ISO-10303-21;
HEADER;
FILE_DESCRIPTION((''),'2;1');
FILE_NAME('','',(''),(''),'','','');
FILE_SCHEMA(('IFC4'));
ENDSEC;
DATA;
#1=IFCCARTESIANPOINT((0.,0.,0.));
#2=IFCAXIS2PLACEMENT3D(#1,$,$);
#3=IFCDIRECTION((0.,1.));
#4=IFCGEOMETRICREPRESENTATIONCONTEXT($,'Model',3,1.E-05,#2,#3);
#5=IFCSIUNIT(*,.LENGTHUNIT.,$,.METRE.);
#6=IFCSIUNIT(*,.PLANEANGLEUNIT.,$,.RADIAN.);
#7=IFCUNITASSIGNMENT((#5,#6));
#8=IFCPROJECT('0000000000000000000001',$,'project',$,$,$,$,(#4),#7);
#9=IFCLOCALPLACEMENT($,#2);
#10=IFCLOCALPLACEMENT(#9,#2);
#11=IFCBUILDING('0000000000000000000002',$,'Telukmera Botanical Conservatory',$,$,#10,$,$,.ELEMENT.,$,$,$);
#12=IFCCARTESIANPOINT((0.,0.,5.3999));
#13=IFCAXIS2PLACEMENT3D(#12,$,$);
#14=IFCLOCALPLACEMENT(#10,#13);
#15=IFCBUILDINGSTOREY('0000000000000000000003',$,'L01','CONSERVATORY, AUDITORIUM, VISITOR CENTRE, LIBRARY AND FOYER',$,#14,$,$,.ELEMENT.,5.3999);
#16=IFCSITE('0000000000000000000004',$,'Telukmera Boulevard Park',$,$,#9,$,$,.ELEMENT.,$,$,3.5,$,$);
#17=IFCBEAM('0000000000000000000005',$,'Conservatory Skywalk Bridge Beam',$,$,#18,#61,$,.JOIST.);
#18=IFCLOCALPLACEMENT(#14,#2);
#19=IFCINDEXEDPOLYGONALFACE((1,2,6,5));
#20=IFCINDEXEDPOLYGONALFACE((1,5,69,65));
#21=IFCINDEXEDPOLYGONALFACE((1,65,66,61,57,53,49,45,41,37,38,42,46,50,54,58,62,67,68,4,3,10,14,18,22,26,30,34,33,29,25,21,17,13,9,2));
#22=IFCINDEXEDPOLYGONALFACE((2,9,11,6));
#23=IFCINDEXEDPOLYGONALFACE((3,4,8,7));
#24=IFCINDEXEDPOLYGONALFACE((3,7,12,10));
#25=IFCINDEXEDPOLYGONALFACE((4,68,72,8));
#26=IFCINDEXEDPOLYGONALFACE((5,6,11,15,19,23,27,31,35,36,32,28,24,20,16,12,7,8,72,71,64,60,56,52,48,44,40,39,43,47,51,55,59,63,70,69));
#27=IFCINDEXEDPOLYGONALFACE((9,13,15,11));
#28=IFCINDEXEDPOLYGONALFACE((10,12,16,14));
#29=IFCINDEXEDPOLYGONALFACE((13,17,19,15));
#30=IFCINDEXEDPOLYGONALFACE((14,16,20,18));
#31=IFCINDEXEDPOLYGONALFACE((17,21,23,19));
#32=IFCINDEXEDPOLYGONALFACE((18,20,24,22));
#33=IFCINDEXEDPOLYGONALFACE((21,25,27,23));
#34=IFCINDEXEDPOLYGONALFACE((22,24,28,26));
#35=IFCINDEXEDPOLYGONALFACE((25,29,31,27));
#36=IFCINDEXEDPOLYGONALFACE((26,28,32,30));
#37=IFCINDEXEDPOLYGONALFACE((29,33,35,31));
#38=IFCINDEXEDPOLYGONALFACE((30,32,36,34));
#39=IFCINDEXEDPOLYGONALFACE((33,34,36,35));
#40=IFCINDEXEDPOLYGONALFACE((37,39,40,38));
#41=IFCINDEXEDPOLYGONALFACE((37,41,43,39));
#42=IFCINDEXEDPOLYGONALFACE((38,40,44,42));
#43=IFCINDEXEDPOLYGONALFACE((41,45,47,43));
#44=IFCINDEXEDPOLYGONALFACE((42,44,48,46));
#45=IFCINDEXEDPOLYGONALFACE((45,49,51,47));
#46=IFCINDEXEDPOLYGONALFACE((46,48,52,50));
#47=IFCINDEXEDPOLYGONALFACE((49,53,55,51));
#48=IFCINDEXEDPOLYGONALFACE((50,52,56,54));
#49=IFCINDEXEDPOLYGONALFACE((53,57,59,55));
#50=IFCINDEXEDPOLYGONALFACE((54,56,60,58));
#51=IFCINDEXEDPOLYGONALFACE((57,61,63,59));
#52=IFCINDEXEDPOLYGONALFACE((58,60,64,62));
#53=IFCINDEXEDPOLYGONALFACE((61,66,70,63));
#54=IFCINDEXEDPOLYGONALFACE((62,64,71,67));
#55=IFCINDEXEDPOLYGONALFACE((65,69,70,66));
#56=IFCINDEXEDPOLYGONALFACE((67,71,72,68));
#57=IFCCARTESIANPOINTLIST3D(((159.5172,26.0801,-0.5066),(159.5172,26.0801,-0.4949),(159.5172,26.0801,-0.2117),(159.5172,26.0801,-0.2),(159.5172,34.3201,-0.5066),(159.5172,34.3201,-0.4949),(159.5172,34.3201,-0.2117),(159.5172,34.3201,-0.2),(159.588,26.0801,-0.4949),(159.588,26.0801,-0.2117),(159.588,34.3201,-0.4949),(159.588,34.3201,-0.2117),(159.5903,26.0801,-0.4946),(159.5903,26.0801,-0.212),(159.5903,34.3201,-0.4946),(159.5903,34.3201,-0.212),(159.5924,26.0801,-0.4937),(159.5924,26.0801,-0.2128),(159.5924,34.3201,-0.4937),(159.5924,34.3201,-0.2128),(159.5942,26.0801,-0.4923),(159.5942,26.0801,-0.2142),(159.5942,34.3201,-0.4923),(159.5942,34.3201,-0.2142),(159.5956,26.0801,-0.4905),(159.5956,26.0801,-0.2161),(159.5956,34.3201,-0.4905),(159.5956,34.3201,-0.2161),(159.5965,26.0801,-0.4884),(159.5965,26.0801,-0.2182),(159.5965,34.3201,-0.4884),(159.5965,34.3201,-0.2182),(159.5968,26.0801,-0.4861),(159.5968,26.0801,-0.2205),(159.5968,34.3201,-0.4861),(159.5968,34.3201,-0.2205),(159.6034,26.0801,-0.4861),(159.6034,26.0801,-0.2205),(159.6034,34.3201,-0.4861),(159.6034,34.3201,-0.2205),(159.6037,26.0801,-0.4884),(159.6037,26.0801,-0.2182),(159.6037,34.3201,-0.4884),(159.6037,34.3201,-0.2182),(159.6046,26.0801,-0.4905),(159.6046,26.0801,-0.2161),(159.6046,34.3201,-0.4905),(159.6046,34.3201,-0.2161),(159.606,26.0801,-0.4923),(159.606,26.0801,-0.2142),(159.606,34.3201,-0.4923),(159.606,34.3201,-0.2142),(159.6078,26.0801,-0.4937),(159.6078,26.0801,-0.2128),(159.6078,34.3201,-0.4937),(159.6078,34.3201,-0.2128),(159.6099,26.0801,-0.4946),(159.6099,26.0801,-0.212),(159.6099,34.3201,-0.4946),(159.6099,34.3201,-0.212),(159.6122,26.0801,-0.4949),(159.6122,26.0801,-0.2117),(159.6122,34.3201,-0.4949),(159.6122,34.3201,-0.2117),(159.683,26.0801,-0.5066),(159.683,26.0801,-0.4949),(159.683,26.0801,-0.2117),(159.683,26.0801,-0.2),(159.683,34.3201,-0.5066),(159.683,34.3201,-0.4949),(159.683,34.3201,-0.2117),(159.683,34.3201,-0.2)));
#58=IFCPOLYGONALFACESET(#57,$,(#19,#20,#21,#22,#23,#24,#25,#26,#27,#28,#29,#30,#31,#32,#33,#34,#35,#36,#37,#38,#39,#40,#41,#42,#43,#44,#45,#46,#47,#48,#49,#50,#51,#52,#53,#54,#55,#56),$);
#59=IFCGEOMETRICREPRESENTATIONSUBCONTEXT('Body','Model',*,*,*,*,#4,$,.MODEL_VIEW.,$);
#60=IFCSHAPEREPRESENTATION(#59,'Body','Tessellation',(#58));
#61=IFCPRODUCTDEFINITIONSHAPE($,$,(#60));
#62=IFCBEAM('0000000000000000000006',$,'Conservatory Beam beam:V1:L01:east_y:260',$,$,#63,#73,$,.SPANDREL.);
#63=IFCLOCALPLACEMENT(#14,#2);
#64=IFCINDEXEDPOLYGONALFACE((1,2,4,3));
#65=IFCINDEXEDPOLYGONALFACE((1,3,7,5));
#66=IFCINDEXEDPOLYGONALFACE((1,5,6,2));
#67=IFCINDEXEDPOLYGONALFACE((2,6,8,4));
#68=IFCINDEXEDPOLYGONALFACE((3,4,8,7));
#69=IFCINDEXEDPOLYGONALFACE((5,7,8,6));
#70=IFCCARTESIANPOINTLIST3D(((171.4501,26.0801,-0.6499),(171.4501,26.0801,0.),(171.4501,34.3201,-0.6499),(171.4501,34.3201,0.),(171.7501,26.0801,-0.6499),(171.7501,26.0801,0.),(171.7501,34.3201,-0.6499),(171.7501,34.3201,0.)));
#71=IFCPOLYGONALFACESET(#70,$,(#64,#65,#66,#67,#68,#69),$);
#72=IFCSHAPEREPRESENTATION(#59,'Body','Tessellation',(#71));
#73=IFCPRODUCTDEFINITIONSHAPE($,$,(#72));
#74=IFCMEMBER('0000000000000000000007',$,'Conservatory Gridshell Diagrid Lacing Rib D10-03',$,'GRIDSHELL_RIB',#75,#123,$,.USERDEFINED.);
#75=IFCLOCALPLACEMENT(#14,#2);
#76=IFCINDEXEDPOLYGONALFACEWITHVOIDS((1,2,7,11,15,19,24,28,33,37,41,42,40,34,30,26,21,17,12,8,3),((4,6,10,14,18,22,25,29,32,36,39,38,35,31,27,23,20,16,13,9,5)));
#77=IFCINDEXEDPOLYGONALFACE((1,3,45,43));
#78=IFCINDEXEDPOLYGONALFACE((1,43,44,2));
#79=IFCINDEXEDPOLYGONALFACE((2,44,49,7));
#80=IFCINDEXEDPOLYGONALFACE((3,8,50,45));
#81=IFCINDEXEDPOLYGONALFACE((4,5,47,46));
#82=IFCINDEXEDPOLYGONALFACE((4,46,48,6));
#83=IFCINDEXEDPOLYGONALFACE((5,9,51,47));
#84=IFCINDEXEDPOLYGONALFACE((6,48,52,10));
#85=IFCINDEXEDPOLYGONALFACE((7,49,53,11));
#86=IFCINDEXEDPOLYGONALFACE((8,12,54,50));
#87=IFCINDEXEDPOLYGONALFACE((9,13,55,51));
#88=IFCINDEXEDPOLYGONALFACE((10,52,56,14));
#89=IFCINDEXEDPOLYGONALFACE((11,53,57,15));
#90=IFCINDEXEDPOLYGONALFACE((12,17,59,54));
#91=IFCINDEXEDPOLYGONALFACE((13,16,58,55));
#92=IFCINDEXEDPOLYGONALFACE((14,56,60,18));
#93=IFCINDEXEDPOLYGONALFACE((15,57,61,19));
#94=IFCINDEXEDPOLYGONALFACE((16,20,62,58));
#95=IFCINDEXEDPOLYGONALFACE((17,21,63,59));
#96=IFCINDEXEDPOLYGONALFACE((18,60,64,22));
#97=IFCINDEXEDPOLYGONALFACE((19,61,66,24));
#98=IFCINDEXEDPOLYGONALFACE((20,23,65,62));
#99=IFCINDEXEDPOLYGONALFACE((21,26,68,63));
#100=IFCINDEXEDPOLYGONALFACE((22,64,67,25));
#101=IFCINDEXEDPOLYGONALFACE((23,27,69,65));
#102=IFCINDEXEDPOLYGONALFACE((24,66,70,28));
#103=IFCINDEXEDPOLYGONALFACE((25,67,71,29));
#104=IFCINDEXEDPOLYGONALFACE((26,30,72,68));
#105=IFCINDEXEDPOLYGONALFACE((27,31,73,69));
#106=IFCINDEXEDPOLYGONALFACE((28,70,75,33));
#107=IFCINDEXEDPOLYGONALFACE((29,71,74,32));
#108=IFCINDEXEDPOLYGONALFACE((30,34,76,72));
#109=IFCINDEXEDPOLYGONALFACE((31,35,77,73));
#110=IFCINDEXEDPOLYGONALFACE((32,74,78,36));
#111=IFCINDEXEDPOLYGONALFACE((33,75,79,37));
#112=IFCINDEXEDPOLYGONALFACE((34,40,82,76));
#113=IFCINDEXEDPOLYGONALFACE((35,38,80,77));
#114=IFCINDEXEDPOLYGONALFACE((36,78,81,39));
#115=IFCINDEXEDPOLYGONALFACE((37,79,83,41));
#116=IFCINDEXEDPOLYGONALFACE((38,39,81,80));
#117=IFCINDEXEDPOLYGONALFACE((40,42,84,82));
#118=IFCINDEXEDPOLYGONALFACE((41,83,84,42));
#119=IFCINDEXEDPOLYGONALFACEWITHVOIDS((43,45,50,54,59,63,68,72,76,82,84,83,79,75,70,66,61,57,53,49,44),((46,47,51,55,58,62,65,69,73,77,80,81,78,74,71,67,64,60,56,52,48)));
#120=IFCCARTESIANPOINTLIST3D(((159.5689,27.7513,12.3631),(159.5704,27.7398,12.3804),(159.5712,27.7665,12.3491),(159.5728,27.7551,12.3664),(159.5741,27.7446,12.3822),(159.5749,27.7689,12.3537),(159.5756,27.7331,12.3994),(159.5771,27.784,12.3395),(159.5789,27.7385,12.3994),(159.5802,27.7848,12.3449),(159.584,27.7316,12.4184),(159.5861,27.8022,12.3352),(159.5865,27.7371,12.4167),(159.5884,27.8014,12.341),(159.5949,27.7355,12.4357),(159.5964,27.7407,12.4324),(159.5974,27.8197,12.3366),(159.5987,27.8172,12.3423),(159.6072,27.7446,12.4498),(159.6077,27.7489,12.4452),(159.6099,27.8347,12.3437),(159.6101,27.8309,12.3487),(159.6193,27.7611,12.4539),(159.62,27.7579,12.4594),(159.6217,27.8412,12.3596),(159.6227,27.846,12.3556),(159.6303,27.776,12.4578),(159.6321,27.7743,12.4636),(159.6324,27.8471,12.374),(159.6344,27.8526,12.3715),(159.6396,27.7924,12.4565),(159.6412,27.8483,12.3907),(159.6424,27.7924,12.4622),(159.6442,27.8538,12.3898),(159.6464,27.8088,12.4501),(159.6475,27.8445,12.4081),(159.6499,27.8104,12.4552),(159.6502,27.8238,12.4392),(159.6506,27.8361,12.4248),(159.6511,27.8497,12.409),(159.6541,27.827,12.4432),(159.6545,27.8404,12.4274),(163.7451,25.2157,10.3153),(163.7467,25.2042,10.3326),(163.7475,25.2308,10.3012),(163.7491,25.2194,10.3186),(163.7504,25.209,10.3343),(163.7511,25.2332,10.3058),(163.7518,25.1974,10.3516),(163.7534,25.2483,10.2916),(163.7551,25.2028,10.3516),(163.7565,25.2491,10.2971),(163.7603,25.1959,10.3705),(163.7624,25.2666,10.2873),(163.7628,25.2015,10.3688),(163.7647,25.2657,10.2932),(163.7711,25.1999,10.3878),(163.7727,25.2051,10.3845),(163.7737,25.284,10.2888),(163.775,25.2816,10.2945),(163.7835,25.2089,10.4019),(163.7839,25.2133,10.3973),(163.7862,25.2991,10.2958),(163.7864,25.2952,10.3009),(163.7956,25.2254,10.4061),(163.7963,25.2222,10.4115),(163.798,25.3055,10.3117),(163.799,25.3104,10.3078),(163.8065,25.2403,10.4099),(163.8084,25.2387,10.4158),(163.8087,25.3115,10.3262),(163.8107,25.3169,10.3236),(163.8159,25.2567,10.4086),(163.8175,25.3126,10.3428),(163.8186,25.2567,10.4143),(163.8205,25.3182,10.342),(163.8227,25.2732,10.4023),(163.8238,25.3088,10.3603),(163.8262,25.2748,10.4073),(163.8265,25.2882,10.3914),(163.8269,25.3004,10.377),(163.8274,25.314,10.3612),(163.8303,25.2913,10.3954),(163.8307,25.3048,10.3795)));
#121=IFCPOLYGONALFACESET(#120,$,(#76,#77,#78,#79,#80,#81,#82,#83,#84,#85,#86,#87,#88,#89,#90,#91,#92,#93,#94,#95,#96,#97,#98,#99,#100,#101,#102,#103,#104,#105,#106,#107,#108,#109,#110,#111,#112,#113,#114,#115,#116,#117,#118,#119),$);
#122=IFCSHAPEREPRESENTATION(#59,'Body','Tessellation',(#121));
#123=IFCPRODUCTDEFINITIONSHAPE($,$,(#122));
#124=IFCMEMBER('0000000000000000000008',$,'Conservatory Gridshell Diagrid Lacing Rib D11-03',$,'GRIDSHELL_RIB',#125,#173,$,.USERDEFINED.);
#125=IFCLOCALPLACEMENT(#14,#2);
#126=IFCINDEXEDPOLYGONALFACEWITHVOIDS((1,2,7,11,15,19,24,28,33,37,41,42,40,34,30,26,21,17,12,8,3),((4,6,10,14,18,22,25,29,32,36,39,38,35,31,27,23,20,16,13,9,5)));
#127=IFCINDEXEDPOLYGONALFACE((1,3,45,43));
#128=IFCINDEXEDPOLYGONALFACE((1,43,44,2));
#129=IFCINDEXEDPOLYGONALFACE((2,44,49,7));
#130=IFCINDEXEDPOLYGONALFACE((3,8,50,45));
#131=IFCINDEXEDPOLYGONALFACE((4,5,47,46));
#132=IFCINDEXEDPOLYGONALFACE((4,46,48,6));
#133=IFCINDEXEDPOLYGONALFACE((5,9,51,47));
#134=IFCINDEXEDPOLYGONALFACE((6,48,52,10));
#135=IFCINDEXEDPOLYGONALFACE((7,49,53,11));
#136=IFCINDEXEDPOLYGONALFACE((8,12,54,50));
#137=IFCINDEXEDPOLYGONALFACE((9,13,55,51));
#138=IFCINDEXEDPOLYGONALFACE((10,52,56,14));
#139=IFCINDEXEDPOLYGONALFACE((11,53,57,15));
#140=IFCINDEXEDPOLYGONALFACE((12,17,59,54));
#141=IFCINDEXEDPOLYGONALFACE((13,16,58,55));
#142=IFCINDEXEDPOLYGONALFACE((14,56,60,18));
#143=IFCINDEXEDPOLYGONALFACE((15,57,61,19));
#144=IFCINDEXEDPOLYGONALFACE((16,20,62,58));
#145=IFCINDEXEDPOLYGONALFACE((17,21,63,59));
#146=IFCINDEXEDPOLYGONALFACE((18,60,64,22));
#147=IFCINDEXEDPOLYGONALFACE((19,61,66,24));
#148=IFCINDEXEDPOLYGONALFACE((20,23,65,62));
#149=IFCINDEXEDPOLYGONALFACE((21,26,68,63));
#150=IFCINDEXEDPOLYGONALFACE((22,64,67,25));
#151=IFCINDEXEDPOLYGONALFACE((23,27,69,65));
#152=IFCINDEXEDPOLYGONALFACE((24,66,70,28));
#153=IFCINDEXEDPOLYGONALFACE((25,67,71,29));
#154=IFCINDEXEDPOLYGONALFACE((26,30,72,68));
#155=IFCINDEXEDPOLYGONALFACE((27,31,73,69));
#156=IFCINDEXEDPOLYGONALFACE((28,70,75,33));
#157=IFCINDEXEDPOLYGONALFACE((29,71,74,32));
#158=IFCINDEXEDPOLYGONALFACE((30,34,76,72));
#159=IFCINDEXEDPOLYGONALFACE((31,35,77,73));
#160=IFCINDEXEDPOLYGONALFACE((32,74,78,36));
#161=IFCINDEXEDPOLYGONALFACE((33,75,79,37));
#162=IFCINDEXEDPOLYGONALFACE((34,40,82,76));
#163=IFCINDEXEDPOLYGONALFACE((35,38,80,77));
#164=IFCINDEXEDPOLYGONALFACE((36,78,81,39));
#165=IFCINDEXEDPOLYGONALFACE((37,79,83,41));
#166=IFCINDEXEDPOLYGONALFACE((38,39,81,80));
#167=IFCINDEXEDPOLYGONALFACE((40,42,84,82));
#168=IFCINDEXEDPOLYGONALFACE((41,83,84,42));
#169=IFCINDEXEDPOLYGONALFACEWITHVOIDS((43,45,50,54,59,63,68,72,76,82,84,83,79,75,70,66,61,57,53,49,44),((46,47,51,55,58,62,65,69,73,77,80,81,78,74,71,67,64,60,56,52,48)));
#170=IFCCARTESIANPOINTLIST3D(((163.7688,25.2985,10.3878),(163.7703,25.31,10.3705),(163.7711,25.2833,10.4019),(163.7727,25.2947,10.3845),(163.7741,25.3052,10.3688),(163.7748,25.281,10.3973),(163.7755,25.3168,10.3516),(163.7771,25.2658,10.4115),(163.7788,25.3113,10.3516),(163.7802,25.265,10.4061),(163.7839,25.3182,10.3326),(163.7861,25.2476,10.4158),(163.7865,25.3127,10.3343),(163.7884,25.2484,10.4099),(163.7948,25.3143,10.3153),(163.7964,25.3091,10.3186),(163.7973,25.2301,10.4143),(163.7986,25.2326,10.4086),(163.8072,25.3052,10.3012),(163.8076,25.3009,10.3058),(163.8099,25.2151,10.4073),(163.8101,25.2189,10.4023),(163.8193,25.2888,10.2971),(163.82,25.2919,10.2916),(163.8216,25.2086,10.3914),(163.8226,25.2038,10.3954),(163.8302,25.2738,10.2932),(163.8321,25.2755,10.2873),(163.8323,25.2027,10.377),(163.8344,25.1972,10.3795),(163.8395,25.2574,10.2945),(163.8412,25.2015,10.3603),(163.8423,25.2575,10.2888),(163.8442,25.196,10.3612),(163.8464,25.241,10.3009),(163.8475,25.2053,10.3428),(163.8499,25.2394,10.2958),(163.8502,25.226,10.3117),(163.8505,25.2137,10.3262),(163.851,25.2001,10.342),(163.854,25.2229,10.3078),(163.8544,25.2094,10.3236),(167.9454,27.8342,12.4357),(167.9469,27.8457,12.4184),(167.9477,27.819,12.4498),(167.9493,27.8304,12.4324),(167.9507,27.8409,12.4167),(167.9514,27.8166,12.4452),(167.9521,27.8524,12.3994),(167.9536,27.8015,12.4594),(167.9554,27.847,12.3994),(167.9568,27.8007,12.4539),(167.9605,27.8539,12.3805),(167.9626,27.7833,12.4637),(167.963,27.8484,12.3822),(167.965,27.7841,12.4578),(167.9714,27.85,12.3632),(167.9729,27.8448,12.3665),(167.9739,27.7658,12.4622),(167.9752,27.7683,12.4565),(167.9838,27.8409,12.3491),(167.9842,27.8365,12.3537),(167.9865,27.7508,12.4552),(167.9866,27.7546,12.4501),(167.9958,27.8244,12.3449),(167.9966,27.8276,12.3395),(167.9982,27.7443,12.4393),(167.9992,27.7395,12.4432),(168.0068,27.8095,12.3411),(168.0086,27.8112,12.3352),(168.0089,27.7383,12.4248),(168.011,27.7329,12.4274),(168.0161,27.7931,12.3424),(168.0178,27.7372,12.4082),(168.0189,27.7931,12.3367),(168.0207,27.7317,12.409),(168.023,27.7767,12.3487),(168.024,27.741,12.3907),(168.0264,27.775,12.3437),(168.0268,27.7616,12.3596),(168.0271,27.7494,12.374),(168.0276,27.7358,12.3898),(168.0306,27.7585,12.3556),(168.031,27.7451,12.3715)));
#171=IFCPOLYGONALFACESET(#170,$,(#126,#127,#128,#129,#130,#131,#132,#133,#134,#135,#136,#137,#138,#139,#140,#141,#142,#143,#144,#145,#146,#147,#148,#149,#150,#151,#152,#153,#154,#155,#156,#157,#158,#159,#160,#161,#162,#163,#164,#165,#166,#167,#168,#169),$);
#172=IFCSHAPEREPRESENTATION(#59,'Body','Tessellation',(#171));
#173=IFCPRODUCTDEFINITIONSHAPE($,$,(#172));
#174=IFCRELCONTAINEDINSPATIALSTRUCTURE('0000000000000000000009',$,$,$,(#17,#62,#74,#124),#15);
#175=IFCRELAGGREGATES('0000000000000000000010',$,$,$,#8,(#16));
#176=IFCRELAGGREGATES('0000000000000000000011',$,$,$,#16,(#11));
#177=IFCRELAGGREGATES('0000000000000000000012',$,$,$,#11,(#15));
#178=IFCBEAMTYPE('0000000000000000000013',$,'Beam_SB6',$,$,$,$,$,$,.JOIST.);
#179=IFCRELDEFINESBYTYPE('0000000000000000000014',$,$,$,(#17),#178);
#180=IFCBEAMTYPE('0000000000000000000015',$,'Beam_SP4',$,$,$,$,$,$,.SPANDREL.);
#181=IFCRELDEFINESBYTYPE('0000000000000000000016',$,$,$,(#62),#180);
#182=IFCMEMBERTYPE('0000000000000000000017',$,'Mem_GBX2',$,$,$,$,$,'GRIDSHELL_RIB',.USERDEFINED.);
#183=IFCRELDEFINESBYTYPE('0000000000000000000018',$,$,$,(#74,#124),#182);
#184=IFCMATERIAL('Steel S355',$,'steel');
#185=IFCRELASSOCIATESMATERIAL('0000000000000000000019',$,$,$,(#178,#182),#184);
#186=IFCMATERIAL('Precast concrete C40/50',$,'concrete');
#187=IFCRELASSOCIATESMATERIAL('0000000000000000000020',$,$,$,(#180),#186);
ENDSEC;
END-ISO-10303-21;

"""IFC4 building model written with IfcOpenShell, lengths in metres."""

from ifc_helpers import new_model, si_unit, direction, frame, origin, origin_2d, place, context, subcontext, project, spatial, rectangle, hollow_circle, i_section, extrude, material, material_profile, profile_set, type_object, element, save


model = new_model("IFC4")

# Units and contexts
model_context = context("Model", 3, precision=1e-05, world=origin(), true_north=direction((0.0, 1.0)))
body_context = subcontext(model_context, "Body", "Model", "MODEL_VIEW")
ifc_project = project(units=[si_unit("LENGTHUNIT", "METRE"), si_unit("PLANEANGLEUNIT", "RADIAN")], contexts=[model_context])

# Site, building, storey
site_placement = place(None, origin())
site = spatial("IfcSite", under=ifc_project, at=site_placement, Name="Telukmera Boulevard Park", CompositionType="ELEMENT", RefElevation=3.5)
building_placement = place(site_placement, origin())
building = spatial("IfcBuilding", under=site, at=building_placement, Name="Telukmera Botanical Conservatory", CompositionType="ELEMENT")
storey_placement = place(building_placement, frame((0.0, 0.0, 5.3999)))
storey = spatial("IfcBuildingStorey", under=building, at=storey_placement, Name="L01", Description="CONSERVATORY, AUDITORIUM, VISITOR CENTRE, LIBRARY AND FOYER", CompositionType="ELEMENT", Elevation=5.3999)

# Beams
ifc_material_1 = material(Name="Steel S355", Category="steel")
ifc_material_profile_1 = material_profile(ifc_material_1, i_section(OverallWidth=0.1658, OverallDepth=0.3066, WebThickness=0.0066, FlangeThickness=0.0117, FilletRadius=0.0088, at=origin_2d()), Name="UB 305x165x46")
ifc_profile_set_1 = profile_set([ifc_material_profile_1], Name="Steel S355")
beam_type_1 = type_object("IfcBeamType", Name="Beam_SB6", PredefinedType="JOIST", material=ifc_profile_set_1)
beam_1_placement = place(storey_placement, frame((159.6001, 26.0801, -0.3533), z_axis=(0.0, 1.0, 0.0), x_axis=(-1.0, 0.0, 0.0)))
element("IfcBeam", 1, at=beam_1_placement, inside=storey, type_object=beam_type_1, Name="Conservatory Skywalk Bridge Beam", PredefinedType="JOIST", context=body_context, shape_type="SweptSolid", body=[
    extrude(i_section(OverallWidth=0.1658, OverallDepth=0.3066, WebThickness=0.0066, FlangeThickness=0.0117, FilletRadius=0.0088, at=origin_2d()), origin(), (0.0, 0.0, 1.0), 8.24),
])
ifc_material_2 = material(Name="Precast concrete C40/50", Category="concrete")
ifc_material_profile_2 = material_profile(ifc_material_2, rectangle(XDim=0.3, YDim=0.6499, at=origin_2d()), Name="PC 300x650")
ifc_profile_set_2 = profile_set([ifc_material_profile_2], Name="Precast concrete C40/50")
beam_type_2 = type_object("IfcBeamType", Name="Beam_SP4", PredefinedType="SPANDREL", material=ifc_profile_set_2)
beam_2_placement = place(storey_placement, frame((171.6001, 26.0801, -0.325), z_axis=(0.0, 1.0, 0.0), x_axis=(-1.0, 0.0, 0.0)))
element("IfcBeam", 2, at=beam_2_placement, inside=storey, type_object=beam_type_2, Name="Conservatory Beam beam:V1:L01:east_y:260", PredefinedType="SPANDREL", context=body_context, shape_type="SweptSolid", body=[
    extrude(rectangle(XDim=0.3, YDim=0.6499, at=origin_2d()), origin(), (0.0, 0.0, 1.0), 8.24),
])

# Members
ifc_material_profile_3 = material_profile(ifc_material_1, hollow_circle(Radius=0.0698, WallThickness=0.0063, at=origin_2d()), Name="CHS 139.7x6.3")
ifc_profile_set_3 = profile_set([ifc_material_profile_3], Name="Steel S355")
member_type_1 = type_object("IfcMemberType", Name="Mem_GBX2", ElementType="GRIDSHELL_RIB", PredefinedType="USERDEFINED", material=ifc_profile_set_3)
member_1_placement = place(storey_placement, frame((163.7881, 25.2571, 10.3516), z_axis=(-0.788334, 0.478642, 0.386563), x_axis=(-0.518986, -0.854783, 0.0)))
element("IfcMember", 3, at=member_1_placement, inside=storey, type_object=member_type_1, Name="Conservatory Gridshell Diagrid Lacing Rib D10-03", ObjectType="GRIDSHELL_RIB", PredefinedType="USERDEFINED", context=body_context, shape_type="SweptSolid", body=[
    extrude(hollow_circle(Radius=0.0698, WallThickness=0.0063, at=origin_2d()), origin(), (0.0, 0.0, 1.0), 5.2976),
])
member_2_placement = place(storey_placement, frame((163.8118, 25.2571, 10.3516), z_axis=(0.788352, 0.478624, 0.386549), x_axis=(-0.518964, 0.854796, 0.0)))
element("IfcMember", 4, at=member_2_placement, inside=storey, type_object=member_type_1, Name="Conservatory Gridshell Diagrid Lacing Rib D11-03", ObjectType="GRIDSHELL_RIB", PredefinedType="USERDEFINED", context=body_context, shape_type="SweptSolid", body=[
    extrude(hollow_circle(Radius=0.0698, WallThickness=0.0063, at=origin_2d()), origin(), (0.0, 0.0, 1.0), 5.2979),
])

save(model, "model.ifc")
